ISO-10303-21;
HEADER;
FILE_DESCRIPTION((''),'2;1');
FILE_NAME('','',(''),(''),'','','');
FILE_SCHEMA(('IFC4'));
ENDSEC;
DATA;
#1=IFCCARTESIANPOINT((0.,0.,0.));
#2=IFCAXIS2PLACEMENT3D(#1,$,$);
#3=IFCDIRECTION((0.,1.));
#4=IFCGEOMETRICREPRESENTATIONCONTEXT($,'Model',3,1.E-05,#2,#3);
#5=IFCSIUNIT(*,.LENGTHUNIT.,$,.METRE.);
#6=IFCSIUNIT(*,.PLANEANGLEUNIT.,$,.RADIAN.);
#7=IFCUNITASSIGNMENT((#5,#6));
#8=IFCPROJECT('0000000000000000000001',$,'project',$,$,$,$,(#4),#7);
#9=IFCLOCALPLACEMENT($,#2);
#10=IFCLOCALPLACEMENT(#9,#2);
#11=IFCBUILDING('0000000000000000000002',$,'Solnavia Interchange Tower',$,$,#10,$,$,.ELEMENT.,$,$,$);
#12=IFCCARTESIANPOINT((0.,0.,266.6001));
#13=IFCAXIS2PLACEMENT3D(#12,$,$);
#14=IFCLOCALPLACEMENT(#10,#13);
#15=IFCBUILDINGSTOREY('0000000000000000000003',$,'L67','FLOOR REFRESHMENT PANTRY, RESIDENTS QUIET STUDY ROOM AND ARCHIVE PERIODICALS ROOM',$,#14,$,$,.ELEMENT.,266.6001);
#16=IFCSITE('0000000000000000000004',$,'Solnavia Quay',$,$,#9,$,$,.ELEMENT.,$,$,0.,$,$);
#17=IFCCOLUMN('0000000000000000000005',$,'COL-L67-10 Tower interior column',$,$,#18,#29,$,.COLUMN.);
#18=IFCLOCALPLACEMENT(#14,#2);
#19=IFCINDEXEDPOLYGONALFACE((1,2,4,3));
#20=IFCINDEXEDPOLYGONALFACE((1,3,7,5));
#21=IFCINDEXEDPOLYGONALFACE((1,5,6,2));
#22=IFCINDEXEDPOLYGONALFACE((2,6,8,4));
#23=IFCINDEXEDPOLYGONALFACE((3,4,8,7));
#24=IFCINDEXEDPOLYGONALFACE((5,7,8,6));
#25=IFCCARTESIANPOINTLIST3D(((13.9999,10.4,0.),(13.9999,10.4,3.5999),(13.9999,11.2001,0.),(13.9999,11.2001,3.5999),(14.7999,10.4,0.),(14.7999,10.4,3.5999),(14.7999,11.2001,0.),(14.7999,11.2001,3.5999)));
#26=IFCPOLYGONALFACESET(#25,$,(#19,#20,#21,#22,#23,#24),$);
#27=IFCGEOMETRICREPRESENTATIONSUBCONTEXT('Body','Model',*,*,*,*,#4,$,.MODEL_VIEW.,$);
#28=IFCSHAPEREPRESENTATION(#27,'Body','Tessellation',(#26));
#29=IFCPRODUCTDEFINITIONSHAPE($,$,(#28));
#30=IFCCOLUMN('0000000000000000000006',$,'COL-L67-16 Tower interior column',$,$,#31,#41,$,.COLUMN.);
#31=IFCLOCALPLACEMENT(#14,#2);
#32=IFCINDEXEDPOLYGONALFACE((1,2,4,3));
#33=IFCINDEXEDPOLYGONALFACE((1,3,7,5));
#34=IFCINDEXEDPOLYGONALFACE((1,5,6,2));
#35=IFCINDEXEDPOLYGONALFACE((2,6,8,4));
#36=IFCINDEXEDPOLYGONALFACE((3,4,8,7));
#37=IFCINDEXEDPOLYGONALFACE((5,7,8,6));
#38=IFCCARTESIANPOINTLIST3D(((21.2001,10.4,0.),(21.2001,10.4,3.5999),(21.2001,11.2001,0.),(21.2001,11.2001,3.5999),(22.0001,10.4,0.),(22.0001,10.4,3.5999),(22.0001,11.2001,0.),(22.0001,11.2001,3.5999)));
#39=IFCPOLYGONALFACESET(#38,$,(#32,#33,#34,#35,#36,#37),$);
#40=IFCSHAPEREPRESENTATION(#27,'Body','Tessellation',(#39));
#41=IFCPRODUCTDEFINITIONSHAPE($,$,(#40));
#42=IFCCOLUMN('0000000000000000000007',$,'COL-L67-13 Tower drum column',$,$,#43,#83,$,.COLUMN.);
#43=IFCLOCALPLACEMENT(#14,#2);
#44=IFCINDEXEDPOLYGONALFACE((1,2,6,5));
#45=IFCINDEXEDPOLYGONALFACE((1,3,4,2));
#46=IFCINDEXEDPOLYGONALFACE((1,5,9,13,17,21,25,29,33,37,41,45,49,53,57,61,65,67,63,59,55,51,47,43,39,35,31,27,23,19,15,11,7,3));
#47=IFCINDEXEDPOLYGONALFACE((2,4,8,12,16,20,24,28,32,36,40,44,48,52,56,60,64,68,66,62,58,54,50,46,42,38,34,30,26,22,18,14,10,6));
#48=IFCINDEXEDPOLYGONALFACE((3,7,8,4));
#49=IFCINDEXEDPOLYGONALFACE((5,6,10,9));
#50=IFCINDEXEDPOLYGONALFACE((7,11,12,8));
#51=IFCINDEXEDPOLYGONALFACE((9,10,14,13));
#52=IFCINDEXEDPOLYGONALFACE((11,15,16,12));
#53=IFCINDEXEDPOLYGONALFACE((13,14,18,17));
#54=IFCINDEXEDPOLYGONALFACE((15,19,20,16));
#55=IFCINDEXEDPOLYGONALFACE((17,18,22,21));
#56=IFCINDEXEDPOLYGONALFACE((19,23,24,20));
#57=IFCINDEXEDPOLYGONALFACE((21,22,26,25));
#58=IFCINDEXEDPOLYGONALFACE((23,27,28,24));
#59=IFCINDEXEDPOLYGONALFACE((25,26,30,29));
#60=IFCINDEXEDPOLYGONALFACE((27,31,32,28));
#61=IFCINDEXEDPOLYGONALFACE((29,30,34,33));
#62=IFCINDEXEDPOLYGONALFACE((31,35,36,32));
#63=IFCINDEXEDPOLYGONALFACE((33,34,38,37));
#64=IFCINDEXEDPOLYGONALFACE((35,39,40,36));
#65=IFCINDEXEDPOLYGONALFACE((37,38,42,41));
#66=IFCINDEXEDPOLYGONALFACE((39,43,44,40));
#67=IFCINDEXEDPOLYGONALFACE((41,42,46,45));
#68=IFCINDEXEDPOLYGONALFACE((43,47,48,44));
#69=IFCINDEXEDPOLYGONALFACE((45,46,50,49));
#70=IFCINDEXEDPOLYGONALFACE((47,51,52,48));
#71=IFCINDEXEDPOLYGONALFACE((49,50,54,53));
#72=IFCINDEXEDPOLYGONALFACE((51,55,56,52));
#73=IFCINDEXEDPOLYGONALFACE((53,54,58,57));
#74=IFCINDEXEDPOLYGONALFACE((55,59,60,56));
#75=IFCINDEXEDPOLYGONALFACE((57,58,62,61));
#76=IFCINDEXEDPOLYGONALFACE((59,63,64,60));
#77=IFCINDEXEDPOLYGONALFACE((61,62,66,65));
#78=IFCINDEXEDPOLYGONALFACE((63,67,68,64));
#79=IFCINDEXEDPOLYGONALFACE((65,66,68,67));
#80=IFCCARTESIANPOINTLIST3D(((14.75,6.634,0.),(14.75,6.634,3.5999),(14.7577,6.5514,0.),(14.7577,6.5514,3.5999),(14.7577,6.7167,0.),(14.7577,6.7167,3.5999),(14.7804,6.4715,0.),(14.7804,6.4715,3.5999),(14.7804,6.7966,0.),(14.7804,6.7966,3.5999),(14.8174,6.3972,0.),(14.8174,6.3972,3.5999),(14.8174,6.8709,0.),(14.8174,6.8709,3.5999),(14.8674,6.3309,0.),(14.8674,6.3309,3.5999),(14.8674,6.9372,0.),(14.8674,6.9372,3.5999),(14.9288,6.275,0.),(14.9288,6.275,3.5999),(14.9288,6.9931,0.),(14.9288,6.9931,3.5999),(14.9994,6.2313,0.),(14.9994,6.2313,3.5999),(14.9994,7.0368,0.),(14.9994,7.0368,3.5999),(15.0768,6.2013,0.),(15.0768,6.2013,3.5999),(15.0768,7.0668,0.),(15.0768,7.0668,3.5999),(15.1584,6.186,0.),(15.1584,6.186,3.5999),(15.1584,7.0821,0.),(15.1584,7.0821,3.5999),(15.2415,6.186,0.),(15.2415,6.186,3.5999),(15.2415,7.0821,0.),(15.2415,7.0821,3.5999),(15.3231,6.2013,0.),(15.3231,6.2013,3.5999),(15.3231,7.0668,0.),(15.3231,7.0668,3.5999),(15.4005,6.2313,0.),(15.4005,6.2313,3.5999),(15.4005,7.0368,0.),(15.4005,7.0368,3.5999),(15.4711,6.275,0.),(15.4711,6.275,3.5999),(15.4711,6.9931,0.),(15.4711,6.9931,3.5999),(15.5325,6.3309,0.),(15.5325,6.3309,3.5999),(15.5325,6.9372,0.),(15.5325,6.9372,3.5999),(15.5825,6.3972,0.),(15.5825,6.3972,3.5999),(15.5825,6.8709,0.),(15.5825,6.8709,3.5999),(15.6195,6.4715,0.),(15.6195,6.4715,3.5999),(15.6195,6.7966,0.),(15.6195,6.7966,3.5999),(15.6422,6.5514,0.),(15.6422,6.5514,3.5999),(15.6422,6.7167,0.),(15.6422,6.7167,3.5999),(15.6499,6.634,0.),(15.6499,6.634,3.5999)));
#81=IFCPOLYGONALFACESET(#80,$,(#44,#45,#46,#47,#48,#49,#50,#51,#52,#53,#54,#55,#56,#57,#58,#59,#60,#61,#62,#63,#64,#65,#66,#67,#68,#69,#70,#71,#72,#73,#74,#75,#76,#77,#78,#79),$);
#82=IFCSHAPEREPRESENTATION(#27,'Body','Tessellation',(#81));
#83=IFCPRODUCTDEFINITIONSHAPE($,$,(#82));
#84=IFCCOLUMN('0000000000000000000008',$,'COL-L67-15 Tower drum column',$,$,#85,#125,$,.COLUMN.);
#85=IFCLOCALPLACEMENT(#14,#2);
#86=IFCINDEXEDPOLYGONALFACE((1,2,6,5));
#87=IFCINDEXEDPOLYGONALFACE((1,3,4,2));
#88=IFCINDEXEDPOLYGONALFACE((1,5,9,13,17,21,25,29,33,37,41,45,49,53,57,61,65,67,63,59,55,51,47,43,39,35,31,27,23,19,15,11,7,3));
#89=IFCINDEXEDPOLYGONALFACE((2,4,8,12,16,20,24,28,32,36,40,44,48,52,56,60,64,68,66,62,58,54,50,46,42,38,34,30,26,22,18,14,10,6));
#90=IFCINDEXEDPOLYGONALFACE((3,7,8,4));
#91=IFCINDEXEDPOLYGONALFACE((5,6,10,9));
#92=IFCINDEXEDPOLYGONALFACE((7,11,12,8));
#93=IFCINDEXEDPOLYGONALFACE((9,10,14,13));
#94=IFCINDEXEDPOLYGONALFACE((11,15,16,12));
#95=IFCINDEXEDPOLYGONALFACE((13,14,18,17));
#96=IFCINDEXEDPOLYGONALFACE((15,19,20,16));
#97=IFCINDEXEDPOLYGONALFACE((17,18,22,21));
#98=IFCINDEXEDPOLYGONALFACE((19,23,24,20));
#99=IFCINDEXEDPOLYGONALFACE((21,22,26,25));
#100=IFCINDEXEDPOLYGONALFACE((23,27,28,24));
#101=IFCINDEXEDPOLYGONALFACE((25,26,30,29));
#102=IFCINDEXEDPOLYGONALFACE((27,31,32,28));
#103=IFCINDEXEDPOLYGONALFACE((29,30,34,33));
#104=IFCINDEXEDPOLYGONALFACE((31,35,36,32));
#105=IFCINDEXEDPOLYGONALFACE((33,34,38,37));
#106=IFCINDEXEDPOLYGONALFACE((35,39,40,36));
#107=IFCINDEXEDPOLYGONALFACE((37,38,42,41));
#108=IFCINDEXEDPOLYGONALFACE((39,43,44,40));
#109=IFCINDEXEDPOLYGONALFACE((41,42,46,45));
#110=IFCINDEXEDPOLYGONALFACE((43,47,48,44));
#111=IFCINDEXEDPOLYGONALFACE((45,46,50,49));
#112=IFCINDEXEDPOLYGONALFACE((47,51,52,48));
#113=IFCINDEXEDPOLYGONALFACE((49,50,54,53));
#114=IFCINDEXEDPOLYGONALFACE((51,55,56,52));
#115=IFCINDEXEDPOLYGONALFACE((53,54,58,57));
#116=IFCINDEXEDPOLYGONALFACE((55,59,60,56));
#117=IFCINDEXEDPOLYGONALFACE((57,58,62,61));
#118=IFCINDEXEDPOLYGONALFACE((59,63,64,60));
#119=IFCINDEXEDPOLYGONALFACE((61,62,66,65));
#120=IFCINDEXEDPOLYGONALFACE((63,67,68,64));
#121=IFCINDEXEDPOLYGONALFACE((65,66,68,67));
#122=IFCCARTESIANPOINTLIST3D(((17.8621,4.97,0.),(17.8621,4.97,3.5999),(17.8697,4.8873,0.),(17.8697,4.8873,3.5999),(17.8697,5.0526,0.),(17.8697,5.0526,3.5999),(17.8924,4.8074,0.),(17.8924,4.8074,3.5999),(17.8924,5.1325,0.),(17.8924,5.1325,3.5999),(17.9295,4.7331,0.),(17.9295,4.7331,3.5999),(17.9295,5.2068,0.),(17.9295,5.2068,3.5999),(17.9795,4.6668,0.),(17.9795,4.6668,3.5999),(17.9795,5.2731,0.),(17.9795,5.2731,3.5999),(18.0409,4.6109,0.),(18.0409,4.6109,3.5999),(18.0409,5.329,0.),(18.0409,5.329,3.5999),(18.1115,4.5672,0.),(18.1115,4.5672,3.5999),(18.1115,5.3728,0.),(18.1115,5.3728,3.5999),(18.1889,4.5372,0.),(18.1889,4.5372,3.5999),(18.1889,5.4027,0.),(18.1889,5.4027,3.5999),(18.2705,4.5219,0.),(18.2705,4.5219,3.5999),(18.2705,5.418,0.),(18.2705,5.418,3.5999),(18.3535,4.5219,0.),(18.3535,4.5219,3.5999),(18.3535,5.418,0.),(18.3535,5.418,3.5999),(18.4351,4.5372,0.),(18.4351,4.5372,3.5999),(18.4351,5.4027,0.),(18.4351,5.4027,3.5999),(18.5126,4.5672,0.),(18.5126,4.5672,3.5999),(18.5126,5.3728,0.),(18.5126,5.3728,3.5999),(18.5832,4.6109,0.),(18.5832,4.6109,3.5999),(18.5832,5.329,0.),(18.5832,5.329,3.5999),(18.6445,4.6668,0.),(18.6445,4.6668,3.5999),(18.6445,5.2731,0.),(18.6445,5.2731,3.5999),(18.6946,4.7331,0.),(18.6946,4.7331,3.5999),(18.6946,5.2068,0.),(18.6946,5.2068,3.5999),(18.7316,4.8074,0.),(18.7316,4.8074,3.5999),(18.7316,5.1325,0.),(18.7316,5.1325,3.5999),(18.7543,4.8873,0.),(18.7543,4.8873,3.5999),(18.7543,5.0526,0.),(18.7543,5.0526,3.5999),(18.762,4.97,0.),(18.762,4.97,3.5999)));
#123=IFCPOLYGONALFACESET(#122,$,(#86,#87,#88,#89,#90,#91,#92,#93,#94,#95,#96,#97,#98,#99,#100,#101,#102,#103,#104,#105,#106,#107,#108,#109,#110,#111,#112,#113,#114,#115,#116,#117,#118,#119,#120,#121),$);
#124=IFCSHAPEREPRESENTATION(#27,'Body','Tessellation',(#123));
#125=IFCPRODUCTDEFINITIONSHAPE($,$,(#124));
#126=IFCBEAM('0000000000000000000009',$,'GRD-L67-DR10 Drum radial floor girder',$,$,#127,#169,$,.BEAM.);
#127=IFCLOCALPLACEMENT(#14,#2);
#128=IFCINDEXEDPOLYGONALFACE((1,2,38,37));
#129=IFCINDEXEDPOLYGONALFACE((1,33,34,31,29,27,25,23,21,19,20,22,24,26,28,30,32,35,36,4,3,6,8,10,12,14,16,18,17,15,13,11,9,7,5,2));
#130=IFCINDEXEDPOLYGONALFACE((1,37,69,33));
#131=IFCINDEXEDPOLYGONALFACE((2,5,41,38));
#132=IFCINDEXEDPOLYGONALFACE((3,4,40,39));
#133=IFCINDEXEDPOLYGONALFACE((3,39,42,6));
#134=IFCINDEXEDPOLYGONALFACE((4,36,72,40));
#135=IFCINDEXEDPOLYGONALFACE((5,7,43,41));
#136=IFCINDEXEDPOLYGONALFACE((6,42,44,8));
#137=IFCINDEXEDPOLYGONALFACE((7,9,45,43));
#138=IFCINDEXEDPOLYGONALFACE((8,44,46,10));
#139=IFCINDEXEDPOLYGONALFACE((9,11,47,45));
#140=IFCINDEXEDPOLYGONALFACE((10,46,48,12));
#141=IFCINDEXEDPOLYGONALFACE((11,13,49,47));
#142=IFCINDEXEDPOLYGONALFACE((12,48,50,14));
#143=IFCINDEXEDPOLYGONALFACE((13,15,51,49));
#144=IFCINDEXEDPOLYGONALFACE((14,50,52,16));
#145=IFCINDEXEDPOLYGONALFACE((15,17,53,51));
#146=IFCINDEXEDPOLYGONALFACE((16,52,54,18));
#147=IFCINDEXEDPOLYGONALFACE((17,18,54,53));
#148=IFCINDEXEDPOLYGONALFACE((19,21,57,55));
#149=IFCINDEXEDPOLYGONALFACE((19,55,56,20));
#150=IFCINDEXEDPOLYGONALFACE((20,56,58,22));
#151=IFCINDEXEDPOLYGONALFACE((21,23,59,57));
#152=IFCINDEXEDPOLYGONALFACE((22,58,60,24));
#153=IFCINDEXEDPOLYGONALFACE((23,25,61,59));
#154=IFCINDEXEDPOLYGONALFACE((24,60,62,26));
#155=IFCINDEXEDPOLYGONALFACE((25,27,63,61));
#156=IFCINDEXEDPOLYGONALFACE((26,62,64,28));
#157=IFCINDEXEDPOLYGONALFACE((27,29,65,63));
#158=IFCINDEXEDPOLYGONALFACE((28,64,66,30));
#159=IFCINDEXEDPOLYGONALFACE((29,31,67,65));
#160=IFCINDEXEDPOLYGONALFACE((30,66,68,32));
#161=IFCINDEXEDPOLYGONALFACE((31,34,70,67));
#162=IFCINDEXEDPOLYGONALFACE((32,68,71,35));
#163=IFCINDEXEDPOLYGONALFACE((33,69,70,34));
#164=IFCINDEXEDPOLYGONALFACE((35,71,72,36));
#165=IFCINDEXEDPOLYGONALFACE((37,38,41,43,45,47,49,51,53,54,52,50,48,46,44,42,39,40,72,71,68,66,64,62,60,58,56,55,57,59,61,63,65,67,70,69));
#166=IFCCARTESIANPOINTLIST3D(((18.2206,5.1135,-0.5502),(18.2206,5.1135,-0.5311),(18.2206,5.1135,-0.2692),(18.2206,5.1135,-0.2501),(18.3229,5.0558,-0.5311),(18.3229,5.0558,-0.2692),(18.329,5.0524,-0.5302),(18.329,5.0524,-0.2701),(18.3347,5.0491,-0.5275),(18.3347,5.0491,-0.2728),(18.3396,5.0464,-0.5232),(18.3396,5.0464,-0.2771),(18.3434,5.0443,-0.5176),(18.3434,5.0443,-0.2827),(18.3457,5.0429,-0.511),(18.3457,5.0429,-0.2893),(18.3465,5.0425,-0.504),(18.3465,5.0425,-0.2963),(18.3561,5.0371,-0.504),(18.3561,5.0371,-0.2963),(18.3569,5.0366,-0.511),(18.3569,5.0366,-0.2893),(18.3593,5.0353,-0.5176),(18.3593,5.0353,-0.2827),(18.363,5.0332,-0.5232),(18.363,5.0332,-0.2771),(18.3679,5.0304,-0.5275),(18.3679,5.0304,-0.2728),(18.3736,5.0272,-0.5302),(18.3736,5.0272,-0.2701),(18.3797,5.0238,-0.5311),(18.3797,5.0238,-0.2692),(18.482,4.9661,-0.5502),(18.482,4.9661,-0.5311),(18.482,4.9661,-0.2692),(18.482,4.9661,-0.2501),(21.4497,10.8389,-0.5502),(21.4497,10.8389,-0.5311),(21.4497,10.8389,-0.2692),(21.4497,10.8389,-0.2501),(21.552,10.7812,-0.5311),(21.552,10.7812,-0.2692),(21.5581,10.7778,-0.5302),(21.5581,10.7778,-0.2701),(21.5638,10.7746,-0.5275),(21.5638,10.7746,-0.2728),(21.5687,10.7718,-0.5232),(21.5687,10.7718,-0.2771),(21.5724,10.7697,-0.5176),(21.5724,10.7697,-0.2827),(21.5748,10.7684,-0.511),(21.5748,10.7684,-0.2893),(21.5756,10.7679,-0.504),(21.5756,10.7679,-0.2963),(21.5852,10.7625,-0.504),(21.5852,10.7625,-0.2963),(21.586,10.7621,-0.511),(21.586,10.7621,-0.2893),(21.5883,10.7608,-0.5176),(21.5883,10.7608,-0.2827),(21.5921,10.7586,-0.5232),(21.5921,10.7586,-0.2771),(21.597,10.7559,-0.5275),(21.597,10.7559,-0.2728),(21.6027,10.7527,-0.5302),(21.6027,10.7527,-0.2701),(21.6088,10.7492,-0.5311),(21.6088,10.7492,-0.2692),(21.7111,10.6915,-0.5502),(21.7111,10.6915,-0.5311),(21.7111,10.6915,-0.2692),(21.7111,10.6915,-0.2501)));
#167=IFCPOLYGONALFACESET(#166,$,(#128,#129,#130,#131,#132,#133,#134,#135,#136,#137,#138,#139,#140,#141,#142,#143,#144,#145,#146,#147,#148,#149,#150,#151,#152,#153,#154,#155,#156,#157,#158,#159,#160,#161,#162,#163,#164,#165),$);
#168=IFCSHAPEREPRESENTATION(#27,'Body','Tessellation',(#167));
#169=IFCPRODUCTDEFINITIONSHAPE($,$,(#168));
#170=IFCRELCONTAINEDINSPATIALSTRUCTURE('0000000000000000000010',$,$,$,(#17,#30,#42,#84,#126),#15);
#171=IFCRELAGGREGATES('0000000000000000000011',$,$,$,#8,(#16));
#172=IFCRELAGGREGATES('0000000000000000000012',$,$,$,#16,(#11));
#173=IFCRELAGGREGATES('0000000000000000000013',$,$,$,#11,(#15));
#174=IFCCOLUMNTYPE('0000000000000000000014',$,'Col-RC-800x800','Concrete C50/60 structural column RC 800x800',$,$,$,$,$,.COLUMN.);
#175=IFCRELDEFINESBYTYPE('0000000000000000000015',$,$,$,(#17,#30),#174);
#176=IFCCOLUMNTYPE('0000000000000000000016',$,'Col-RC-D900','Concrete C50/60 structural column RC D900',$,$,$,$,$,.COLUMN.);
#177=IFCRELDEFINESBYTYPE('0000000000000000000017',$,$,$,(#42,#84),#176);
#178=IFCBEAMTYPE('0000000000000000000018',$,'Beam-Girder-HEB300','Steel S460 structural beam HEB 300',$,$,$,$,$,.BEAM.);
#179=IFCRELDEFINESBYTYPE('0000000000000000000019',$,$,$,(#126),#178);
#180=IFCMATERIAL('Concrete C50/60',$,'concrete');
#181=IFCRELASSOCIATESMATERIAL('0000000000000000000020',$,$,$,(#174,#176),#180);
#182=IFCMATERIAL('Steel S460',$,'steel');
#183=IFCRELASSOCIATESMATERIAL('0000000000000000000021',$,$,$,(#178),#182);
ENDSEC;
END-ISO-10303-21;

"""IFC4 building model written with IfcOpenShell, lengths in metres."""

from ifc_helpers import new_model, si_unit, direction, frame, origin, origin_2d, place, context, subcontext, project, spatial, rectangle, circle, i_section, extrude, material, material_profile, profile_set, type_object, element, save


model = new_model("IFC4")

# Units and contexts
model_context = context("Model", 3, precision=1e-05, world=origin(), true_north=direction((0.0, 1.0)))
body_context = subcontext(model_context, "Body", "Model", "MODEL_VIEW")
ifc_project = project(units=[si_unit("LENGTHUNIT", "METRE"), si_unit("PLANEANGLEUNIT", "RADIAN")], contexts=[model_context])

# Site, building, storey
site_placement = place(None, origin())
site = spatial("IfcSite", under=ifc_project, at=site_placement, Name="Solnavia Quay", CompositionType="ELEMENT", RefElevation=0.0)
building_placement = place(site_placement, origin())
building = spatial("IfcBuilding", under=site, at=building_placement, Name="Solnavia Interchange Tower", CompositionType="ELEMENT")
storey_placement = place(building_placement, frame((0.0, 0.0, 266.6001)))
storey = spatial("IfcBuildingStorey", under=building, at=storey_placement, Name="L67", Description="FLOOR REFRESHMENT PANTRY, RESIDENTS QUIET STUDY ROOM AND ARCHIVE PERIODICALS ROOM", CompositionType="ELEMENT", Elevation=266.6001)

# Columns
ifc_material_1 = material(Name="Concrete C50/60", Category="concrete")
ifc_material_profile_1 = material_profile(ifc_material_1, rectangle(XDim=0.8, YDim=0.8, at=origin_2d()), Name="RC 800x800")
ifc_profile_set_1 = profile_set([ifc_material_profile_1], Name="Concrete C50/60")
column_type_1 = type_object("IfcColumnType", Name="Col-RC-800x800", Description="Concrete C50/60 structural column RC 800x800", PredefinedType="COLUMN", material=ifc_profile_set_1)
for number, where, z_axis, x_axis, name in (
    (1, (14.3999, 10.8, 0.0), (0.0, 0.0, 1.0), (1.0, 0.0, 0.0), "COL-L67-10 Tower interior column"),
    (2, (21.6001, 10.8, 0.0), (0.0, 0.0, 1.0), (1.0, 0.0, 0.0), "COL-L67-16 Tower interior column"),
):
    element("IfcColumn", number, at=place(storey_placement, frame(where, z_axis=z_axis, x_axis=x_axis)), inside=storey, type_object=column_type_1, Name=name, PredefinedType="COLUMN", context=body_context, shape_type="SweptSolid", body=[
        extrude(rectangle(XDim=0.8, YDim=0.8, at=origin_2d()), origin(), (0.0, 0.0, 1.0), 3.5999),
    ])
ifc_material_profile_2 = material_profile(ifc_material_1, circle(Radius=0.45, at=origin_2d()), Name="RC D900")
ifc_profile_set_2 = profile_set([ifc_material_profile_2], Name="Concrete C50/60")
column_type_2 = type_object("IfcColumnType", Name="Col-RC-D900", Description="Concrete C50/60 structural column RC D900", PredefinedType="COLUMN", material=ifc_profile_set_2)
for number, where, z_axis, x_axis, name in (
    (3, (15.2, 6.634, 0.0), (0.0, 0.0, 1.0), (1.0, 0.0, 0.0), "COL-L67-13 Tower drum column"),
    (4, (18.312, 4.97, 0.0), (0.0, 0.0, 1.0), (1.0, 0.0, 0.0), "COL-L67-15 Tower drum column"),
):
    element("IfcColumn", number, at=place(storey_placement, frame(where, z_axis=z_axis, x_axis=x_axis)), inside=storey, type_object=column_type_2, Name=name, PredefinedType="COLUMN", context=body_context, shape_type="SweptSolid", body=[
        extrude(circle(Radius=0.45, at=origin_2d()), origin(), (0.0, 0.0, 1.0), 3.5999),
    ])

# Beam
ifc_material_2 = material(Name="Steel S460", Category="steel")
ifc_material_profile_3 = material_profile(ifc_material_2, i_section(OverallWidth=0.3, OverallDepth=0.3, WebThickness=0.011, FlangeThickness=0.019, FilletRadius=0.0271, at=origin_2d()), Name="HEB 300")
ifc_profile_set_3 = profile_set([ifc_material_profile_3], Name="Steel S460")
beam_type_1 = type_object("IfcBeamType", Name="Beam-Girder-HEB300", Description="Steel S460 structural beam HEB 300", PredefinedType="BEAM", material=ifc_profile_set_3)
beam_1_placement = place(storey_placement, frame((18.3513, 5.0398, -0.4001), z_axis=(0.491243, 0.871022, 0.0), x_axis=(-0.871022, 0.491243, 0.0)))
element("IfcBeam", 5, at=beam_1_placement, inside=storey, type_object=beam_type_1, Name="GRD-L67-DR10 Drum radial floor girder", PredefinedType="BEAM", context=body_context, shape_type="SweptSolid", body=[
    extrude(i_section(OverallWidth=0.3, OverallDepth=0.3, WebThickness=0.011, FlangeThickness=0.019, FilletRadius=0.0271, at=origin_2d()), origin(), (0.0, 0.0, 1.0), 6.5732),
])

save(model, "model.ifc")
